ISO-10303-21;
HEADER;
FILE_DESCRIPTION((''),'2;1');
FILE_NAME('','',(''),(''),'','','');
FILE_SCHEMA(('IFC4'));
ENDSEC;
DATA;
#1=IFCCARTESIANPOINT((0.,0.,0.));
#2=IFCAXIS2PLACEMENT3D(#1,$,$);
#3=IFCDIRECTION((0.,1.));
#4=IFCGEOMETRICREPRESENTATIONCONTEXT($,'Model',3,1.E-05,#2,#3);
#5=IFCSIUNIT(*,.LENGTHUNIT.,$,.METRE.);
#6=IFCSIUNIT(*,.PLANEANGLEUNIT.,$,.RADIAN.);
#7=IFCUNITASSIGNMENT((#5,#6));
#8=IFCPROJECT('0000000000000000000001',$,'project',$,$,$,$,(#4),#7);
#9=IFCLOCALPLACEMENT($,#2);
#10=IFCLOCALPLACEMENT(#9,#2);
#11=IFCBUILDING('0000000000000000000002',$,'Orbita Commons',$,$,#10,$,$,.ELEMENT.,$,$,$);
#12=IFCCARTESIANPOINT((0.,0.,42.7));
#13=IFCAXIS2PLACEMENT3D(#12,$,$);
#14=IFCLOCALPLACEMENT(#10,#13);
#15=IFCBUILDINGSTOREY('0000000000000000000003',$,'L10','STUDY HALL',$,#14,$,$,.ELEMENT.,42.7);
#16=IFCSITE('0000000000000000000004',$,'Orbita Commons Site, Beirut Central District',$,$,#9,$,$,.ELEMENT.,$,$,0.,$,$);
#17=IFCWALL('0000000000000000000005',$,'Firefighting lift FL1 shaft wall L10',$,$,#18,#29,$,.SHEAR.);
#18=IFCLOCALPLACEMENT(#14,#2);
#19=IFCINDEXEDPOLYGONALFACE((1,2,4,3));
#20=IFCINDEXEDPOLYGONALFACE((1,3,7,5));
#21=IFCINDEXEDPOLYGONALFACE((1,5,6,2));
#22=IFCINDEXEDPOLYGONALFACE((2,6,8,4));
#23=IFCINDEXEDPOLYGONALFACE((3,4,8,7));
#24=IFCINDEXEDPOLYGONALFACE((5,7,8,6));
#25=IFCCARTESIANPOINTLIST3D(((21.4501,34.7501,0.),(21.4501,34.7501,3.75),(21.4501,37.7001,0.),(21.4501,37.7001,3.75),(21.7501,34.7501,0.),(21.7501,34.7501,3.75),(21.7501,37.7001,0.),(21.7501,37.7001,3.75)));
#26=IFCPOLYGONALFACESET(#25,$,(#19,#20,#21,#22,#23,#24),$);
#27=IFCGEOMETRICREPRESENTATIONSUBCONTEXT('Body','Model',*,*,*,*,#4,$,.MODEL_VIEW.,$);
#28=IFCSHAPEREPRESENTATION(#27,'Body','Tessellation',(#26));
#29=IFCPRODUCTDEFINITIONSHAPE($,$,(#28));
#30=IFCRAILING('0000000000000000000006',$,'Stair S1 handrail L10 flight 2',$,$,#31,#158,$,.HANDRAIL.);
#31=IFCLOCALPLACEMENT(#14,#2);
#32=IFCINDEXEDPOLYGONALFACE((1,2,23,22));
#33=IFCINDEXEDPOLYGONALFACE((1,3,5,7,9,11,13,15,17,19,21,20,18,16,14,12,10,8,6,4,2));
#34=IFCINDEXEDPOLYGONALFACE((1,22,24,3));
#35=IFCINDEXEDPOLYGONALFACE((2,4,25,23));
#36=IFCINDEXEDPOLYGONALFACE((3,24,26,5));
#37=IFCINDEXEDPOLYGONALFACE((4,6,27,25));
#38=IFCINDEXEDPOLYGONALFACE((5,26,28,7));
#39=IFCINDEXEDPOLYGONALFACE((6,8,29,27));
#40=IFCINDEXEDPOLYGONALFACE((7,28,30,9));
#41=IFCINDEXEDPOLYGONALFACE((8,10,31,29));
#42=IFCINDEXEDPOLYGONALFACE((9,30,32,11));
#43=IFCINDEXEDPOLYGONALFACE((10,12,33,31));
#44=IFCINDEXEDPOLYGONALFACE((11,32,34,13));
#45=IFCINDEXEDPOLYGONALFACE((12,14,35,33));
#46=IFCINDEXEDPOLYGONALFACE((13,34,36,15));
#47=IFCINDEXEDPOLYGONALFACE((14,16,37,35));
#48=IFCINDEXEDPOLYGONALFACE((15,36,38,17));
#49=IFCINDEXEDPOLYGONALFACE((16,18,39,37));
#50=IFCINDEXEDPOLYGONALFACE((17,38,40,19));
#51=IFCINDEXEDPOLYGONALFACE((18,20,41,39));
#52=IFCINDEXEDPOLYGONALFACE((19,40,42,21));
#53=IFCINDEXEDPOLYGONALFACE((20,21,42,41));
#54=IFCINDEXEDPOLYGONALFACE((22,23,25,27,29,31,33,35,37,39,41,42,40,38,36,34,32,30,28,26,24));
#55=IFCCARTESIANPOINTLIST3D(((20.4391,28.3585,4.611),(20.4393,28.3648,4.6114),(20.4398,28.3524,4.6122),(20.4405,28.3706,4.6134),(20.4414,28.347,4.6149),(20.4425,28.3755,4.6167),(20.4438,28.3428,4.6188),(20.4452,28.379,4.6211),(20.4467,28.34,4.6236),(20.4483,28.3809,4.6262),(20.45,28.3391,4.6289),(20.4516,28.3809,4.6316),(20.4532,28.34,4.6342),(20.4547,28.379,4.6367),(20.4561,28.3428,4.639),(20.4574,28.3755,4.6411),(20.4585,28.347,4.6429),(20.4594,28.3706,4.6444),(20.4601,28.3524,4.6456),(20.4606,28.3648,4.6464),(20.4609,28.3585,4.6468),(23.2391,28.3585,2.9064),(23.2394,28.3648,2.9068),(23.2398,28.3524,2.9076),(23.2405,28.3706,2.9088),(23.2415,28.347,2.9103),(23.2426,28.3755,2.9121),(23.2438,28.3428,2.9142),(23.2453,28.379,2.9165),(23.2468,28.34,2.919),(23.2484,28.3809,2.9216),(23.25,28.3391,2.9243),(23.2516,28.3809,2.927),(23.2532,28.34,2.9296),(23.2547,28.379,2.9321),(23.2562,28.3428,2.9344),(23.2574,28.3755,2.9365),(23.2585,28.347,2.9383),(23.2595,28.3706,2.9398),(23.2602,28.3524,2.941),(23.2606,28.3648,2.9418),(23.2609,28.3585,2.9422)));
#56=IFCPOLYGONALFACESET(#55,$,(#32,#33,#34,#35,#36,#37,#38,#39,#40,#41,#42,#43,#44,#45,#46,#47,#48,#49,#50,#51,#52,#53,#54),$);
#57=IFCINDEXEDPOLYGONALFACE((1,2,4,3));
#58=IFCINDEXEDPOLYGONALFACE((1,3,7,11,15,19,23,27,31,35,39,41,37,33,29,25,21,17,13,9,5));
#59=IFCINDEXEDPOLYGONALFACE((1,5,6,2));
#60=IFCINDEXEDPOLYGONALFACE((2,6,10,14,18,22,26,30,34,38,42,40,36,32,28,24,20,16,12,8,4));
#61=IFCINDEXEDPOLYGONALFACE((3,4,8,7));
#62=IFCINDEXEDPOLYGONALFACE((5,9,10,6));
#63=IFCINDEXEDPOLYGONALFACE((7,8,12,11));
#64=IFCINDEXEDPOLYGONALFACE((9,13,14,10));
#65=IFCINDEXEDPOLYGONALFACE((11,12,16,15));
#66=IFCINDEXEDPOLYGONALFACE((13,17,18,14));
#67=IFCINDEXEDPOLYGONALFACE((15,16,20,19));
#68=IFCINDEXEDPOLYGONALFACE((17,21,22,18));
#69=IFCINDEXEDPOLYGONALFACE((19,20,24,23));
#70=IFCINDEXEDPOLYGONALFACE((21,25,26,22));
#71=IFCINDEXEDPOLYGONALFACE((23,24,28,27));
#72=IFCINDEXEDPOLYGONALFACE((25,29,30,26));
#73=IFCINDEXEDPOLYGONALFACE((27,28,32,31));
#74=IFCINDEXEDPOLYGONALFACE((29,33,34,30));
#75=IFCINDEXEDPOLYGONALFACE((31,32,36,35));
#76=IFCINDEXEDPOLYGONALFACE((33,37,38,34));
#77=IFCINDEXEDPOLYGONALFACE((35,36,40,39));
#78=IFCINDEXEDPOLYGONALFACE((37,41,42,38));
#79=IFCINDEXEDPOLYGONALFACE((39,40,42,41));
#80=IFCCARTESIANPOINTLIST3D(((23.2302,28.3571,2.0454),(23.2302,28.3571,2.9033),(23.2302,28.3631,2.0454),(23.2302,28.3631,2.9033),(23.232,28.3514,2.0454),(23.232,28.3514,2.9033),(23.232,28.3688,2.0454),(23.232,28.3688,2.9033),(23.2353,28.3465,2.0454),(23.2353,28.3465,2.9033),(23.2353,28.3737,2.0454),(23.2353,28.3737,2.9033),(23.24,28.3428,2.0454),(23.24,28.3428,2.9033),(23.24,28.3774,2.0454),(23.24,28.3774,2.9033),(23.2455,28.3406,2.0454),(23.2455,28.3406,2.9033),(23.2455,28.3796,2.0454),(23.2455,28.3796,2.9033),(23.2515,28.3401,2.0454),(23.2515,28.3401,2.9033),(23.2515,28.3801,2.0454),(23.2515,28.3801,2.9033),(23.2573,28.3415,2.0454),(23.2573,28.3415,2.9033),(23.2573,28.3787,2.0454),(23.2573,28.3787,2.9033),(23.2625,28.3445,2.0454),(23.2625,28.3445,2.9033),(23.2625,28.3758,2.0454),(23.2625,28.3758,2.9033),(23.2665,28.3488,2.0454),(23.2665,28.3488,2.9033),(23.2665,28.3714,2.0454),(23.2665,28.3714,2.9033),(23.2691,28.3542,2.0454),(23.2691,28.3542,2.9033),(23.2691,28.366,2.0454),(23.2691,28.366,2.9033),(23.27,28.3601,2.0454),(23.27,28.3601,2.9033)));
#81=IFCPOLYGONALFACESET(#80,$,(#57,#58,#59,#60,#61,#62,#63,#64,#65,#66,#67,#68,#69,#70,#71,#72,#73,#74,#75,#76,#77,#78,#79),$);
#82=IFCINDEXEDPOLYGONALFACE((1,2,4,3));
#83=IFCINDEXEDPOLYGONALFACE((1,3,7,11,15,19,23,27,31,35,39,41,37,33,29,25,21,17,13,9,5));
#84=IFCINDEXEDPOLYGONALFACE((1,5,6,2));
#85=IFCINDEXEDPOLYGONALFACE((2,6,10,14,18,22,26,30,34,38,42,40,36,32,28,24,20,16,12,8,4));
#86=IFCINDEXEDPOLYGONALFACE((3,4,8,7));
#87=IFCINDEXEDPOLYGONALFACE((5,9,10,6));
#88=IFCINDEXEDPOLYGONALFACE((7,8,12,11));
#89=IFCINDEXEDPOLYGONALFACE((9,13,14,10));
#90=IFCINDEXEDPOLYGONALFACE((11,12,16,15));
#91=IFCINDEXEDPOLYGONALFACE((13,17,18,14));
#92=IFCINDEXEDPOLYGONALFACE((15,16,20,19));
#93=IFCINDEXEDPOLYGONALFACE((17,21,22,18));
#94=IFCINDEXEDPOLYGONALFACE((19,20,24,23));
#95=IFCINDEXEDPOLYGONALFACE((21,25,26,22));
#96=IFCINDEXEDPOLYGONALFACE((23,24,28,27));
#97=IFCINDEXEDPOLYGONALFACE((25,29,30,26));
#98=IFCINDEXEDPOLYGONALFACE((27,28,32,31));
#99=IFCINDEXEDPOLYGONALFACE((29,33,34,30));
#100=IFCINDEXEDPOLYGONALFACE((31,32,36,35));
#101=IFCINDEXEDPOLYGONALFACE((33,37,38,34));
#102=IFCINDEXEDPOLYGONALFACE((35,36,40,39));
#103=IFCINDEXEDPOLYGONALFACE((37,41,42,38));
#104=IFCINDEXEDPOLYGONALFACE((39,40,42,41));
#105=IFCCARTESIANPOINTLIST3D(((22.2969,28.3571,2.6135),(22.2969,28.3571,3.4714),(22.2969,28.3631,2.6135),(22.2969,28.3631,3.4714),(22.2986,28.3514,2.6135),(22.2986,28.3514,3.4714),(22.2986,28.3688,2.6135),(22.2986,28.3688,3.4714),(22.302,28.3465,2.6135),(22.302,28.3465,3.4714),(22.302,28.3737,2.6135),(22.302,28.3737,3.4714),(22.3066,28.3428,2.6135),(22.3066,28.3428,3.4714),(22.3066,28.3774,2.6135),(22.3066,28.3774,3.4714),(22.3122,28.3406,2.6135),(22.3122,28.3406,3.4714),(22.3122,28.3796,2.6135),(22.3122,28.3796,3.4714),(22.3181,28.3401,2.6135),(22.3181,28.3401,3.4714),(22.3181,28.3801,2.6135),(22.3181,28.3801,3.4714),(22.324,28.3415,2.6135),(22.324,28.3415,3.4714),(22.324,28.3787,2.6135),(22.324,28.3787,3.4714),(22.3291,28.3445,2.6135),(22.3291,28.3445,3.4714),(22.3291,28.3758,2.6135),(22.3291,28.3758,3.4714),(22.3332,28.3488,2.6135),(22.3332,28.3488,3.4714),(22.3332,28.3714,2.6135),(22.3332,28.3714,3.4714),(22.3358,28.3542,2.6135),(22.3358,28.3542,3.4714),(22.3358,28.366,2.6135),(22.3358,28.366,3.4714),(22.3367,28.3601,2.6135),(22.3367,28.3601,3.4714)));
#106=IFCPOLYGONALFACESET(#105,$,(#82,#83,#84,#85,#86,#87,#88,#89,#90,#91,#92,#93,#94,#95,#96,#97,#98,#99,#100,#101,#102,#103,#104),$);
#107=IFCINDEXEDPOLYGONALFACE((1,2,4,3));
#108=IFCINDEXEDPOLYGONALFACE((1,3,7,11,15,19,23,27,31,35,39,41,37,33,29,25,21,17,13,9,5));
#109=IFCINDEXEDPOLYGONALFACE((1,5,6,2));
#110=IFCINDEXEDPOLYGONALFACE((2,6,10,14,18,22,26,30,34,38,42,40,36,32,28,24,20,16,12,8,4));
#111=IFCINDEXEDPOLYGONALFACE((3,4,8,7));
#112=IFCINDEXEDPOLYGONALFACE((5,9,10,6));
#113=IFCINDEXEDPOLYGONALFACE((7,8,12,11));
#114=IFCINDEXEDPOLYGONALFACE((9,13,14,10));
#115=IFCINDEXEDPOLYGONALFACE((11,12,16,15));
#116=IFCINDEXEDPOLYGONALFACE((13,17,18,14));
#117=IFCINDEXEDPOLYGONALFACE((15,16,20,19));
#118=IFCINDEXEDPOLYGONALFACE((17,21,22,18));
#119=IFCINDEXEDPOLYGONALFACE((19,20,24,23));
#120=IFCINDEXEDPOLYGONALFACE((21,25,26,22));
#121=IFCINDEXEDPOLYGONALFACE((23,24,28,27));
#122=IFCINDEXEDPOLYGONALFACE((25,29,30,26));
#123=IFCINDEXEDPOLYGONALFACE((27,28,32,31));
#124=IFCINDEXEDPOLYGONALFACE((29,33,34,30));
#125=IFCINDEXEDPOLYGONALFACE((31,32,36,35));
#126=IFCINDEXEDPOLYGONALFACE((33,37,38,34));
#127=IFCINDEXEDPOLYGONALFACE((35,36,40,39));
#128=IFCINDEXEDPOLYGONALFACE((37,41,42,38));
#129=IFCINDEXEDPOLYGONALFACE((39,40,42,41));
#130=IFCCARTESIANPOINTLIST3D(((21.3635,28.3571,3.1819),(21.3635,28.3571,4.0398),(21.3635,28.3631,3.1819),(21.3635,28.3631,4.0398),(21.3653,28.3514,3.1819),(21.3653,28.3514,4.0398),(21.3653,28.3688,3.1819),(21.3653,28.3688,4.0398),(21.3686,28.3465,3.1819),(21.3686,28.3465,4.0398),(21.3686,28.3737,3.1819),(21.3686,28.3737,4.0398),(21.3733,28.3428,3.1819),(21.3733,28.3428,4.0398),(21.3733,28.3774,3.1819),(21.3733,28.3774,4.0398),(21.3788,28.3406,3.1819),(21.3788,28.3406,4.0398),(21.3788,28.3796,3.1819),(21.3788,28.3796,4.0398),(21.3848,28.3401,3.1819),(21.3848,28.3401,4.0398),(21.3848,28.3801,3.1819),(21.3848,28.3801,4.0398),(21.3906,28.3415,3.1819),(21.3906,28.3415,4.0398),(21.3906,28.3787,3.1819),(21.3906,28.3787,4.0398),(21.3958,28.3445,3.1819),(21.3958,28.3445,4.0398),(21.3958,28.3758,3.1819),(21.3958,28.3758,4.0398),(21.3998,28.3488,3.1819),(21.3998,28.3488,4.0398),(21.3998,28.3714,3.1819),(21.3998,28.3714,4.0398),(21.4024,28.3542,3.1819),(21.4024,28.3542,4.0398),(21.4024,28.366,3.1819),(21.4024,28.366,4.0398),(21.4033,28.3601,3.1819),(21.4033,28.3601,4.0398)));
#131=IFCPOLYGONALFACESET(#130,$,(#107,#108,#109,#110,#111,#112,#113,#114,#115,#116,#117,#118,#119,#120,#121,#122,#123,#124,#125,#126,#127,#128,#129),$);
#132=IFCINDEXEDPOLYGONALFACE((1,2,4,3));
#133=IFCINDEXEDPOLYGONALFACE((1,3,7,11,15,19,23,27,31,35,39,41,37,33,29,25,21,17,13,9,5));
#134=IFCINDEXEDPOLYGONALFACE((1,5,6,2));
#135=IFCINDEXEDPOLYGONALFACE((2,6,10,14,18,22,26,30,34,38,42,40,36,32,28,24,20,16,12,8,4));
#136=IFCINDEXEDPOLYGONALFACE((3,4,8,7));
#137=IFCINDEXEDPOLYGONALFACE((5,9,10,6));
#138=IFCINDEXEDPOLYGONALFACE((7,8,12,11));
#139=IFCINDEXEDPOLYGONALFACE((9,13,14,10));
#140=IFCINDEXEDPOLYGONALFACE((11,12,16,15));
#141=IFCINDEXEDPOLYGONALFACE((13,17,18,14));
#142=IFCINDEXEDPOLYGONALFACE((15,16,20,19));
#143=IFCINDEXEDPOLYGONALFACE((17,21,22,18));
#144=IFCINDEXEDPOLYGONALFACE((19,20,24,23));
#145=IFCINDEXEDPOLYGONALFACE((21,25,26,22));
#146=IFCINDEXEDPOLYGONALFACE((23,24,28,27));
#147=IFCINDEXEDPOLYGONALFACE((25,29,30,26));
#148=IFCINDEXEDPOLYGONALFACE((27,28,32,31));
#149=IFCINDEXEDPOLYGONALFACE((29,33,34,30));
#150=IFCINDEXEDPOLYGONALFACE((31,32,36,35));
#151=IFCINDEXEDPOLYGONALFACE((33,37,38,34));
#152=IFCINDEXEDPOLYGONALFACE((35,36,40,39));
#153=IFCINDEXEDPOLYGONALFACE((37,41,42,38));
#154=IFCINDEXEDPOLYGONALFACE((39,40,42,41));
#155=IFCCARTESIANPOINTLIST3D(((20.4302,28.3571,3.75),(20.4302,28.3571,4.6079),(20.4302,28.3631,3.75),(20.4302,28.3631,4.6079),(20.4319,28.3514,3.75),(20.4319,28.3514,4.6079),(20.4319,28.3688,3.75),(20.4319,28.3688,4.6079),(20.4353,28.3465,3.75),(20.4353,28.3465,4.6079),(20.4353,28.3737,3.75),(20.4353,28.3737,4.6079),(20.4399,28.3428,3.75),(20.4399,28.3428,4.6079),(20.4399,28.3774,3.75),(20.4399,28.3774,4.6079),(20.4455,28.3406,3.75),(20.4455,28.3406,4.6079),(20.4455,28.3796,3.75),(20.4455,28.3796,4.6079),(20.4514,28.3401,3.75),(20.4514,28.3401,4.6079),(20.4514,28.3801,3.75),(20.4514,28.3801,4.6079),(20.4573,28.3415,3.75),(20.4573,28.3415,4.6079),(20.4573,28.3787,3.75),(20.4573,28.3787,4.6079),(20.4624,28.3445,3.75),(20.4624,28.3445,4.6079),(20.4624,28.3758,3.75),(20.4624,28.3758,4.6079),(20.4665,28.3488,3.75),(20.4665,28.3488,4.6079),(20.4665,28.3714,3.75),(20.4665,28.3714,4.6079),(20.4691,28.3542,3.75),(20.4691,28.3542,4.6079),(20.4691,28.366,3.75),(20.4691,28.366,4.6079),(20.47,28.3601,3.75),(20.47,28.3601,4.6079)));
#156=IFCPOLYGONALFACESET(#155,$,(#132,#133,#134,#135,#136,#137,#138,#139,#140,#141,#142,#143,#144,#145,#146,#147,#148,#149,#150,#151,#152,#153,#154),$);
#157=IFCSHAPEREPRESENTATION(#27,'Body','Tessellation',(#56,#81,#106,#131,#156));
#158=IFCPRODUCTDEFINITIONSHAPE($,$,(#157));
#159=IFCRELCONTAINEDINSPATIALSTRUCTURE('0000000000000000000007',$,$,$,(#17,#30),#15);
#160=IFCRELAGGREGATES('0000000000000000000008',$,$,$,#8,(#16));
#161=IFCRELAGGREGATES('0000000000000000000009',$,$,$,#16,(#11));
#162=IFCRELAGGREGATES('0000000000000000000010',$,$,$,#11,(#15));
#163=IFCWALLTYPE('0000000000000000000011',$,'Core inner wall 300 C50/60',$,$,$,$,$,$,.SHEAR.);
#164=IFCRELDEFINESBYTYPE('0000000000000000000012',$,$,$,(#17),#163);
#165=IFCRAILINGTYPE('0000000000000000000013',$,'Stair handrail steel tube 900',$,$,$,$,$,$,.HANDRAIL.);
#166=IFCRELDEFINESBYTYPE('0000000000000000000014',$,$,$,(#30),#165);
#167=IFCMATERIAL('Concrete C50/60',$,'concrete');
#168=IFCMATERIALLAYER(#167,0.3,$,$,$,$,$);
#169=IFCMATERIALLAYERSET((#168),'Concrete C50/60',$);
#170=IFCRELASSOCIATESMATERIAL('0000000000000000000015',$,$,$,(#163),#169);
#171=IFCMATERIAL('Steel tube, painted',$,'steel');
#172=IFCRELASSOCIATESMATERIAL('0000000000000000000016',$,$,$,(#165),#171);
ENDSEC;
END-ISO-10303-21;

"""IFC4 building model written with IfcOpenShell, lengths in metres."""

from ifc_helpers import new_model, si_unit, direction, frame, frame_2d, origin, origin_2d, place, context, subcontext, project, spatial, rectangle, circle, extrude, material, layer, layer_set, type_object, element, save


model = new_model("IFC4")

# Units and contexts
model_context = context("Model", 3, precision=1e-05, world=origin(), true_north=direction((0.0, 1.0)))
body_context = subcontext(model_context, "Body", "Model", "MODEL_VIEW")
ifc_project = project(units=[si_unit("LENGTHUNIT", "METRE"), si_unit("PLANEANGLEUNIT", "RADIAN")], contexts=[model_context])

# Site, building, storey
site_placement = place(None, origin())
site = spatial("IfcSite", under=ifc_project, at=site_placement, Name="Orbita Commons Site, Beirut Central District", CompositionType="ELEMENT", RefElevation=0.0)
building_placement = place(site_placement, origin())
building = spatial("IfcBuilding", under=site, at=building_placement, Name="Orbita Commons", CompositionType="ELEMENT")
storey_placement = place(building_placement, frame((0.0, 0.0, 42.7)))
storey = spatial("IfcBuildingStorey", under=building, at=storey_placement, Name="L10", Description="STUDY HALL", CompositionType="ELEMENT", Elevation=42.7)

# Shared definitions
ifc_material_1 = material(Name="Concrete C50/60", Category="concrete")
ifc_layer = layer(ifc_material_1, 0.3)
ifc_layer_set = layer_set([ifc_layer], Name="Concrete C50/60")
wall_type = type_object("IfcWallType", Name="Core inner wall 300 C50/60", PredefinedType="SHEAR", material=ifc_layer_set)

# Wall
wall_1_placement = place(storey_placement, frame((21.6001, 34.75, 0.0), z_axis=(0.0, 0.0, 1.0), x_axis=(0.0, 1.0, 0.0)))
element("IfcWall", 1, at=wall_1_placement, inside=storey, type_object=wall_type, Name="Firefighting lift FL1 shaft wall L10", PredefinedType="SHEAR", context=body_context, shape_type="SweptSolid", body=[
    extrude(rectangle(XDim=2.95, YDim=0.3, at=frame_2d((1.4751, 0.0))), origin(), (0.0, 0.0, 1.0), 3.75),
])

# Railing
ifc_material_2 = material(Name="Steel tube, painted", Category="steel")
railing_type = type_object("IfcRailingType", Name="Stair handrail steel tube 900", PredefinedType="HANDRAIL", material=ifc_material_2)
for number, where, name in (
    (2, (23.25, 28.3601, 2.0454), "Stair S1 handrail L10 flight 2"),
):
    element("IfcRailing", number, at=place(storey_placement, frame(where)), inside=storey, type_object=railing_type, Name=name, PredefinedType="HANDRAIL", context=body_context, shape_type="SweptSolid", body=[
        extrude(circle(Radius=0.021, at=origin_2d()), frame((0.0, 0.0, 0.8789), z_axis=(-0.85417, 0.0, 0.519994), x_axis=(0.0, -1.0, 0.0)), (0.0, 0.0, 1.0), 3.2781),
        extrude(circle(Radius=0.02, at=origin_2d()), origin(), (0.0, 0.0, 1.0), 0.8579),
        extrude(circle(Radius=0.02, at=origin_2d()), frame((-0.9333, 0.0, 0.5681)), (0.0, 0.0, 1.0), 0.8579),
        extrude(circle(Radius=0.02, at=origin_2d()), frame((-1.8667, 0.0, 1.1365)), (0.0, 0.0, 1.0), 0.8579),
        extrude(circle(Radius=0.02, at=origin_2d()), frame((-2.8, 0.0, 1.7046)), (0.0, 0.0, 1.0), 0.8579),
    ])

save(model, "model.ifc")
